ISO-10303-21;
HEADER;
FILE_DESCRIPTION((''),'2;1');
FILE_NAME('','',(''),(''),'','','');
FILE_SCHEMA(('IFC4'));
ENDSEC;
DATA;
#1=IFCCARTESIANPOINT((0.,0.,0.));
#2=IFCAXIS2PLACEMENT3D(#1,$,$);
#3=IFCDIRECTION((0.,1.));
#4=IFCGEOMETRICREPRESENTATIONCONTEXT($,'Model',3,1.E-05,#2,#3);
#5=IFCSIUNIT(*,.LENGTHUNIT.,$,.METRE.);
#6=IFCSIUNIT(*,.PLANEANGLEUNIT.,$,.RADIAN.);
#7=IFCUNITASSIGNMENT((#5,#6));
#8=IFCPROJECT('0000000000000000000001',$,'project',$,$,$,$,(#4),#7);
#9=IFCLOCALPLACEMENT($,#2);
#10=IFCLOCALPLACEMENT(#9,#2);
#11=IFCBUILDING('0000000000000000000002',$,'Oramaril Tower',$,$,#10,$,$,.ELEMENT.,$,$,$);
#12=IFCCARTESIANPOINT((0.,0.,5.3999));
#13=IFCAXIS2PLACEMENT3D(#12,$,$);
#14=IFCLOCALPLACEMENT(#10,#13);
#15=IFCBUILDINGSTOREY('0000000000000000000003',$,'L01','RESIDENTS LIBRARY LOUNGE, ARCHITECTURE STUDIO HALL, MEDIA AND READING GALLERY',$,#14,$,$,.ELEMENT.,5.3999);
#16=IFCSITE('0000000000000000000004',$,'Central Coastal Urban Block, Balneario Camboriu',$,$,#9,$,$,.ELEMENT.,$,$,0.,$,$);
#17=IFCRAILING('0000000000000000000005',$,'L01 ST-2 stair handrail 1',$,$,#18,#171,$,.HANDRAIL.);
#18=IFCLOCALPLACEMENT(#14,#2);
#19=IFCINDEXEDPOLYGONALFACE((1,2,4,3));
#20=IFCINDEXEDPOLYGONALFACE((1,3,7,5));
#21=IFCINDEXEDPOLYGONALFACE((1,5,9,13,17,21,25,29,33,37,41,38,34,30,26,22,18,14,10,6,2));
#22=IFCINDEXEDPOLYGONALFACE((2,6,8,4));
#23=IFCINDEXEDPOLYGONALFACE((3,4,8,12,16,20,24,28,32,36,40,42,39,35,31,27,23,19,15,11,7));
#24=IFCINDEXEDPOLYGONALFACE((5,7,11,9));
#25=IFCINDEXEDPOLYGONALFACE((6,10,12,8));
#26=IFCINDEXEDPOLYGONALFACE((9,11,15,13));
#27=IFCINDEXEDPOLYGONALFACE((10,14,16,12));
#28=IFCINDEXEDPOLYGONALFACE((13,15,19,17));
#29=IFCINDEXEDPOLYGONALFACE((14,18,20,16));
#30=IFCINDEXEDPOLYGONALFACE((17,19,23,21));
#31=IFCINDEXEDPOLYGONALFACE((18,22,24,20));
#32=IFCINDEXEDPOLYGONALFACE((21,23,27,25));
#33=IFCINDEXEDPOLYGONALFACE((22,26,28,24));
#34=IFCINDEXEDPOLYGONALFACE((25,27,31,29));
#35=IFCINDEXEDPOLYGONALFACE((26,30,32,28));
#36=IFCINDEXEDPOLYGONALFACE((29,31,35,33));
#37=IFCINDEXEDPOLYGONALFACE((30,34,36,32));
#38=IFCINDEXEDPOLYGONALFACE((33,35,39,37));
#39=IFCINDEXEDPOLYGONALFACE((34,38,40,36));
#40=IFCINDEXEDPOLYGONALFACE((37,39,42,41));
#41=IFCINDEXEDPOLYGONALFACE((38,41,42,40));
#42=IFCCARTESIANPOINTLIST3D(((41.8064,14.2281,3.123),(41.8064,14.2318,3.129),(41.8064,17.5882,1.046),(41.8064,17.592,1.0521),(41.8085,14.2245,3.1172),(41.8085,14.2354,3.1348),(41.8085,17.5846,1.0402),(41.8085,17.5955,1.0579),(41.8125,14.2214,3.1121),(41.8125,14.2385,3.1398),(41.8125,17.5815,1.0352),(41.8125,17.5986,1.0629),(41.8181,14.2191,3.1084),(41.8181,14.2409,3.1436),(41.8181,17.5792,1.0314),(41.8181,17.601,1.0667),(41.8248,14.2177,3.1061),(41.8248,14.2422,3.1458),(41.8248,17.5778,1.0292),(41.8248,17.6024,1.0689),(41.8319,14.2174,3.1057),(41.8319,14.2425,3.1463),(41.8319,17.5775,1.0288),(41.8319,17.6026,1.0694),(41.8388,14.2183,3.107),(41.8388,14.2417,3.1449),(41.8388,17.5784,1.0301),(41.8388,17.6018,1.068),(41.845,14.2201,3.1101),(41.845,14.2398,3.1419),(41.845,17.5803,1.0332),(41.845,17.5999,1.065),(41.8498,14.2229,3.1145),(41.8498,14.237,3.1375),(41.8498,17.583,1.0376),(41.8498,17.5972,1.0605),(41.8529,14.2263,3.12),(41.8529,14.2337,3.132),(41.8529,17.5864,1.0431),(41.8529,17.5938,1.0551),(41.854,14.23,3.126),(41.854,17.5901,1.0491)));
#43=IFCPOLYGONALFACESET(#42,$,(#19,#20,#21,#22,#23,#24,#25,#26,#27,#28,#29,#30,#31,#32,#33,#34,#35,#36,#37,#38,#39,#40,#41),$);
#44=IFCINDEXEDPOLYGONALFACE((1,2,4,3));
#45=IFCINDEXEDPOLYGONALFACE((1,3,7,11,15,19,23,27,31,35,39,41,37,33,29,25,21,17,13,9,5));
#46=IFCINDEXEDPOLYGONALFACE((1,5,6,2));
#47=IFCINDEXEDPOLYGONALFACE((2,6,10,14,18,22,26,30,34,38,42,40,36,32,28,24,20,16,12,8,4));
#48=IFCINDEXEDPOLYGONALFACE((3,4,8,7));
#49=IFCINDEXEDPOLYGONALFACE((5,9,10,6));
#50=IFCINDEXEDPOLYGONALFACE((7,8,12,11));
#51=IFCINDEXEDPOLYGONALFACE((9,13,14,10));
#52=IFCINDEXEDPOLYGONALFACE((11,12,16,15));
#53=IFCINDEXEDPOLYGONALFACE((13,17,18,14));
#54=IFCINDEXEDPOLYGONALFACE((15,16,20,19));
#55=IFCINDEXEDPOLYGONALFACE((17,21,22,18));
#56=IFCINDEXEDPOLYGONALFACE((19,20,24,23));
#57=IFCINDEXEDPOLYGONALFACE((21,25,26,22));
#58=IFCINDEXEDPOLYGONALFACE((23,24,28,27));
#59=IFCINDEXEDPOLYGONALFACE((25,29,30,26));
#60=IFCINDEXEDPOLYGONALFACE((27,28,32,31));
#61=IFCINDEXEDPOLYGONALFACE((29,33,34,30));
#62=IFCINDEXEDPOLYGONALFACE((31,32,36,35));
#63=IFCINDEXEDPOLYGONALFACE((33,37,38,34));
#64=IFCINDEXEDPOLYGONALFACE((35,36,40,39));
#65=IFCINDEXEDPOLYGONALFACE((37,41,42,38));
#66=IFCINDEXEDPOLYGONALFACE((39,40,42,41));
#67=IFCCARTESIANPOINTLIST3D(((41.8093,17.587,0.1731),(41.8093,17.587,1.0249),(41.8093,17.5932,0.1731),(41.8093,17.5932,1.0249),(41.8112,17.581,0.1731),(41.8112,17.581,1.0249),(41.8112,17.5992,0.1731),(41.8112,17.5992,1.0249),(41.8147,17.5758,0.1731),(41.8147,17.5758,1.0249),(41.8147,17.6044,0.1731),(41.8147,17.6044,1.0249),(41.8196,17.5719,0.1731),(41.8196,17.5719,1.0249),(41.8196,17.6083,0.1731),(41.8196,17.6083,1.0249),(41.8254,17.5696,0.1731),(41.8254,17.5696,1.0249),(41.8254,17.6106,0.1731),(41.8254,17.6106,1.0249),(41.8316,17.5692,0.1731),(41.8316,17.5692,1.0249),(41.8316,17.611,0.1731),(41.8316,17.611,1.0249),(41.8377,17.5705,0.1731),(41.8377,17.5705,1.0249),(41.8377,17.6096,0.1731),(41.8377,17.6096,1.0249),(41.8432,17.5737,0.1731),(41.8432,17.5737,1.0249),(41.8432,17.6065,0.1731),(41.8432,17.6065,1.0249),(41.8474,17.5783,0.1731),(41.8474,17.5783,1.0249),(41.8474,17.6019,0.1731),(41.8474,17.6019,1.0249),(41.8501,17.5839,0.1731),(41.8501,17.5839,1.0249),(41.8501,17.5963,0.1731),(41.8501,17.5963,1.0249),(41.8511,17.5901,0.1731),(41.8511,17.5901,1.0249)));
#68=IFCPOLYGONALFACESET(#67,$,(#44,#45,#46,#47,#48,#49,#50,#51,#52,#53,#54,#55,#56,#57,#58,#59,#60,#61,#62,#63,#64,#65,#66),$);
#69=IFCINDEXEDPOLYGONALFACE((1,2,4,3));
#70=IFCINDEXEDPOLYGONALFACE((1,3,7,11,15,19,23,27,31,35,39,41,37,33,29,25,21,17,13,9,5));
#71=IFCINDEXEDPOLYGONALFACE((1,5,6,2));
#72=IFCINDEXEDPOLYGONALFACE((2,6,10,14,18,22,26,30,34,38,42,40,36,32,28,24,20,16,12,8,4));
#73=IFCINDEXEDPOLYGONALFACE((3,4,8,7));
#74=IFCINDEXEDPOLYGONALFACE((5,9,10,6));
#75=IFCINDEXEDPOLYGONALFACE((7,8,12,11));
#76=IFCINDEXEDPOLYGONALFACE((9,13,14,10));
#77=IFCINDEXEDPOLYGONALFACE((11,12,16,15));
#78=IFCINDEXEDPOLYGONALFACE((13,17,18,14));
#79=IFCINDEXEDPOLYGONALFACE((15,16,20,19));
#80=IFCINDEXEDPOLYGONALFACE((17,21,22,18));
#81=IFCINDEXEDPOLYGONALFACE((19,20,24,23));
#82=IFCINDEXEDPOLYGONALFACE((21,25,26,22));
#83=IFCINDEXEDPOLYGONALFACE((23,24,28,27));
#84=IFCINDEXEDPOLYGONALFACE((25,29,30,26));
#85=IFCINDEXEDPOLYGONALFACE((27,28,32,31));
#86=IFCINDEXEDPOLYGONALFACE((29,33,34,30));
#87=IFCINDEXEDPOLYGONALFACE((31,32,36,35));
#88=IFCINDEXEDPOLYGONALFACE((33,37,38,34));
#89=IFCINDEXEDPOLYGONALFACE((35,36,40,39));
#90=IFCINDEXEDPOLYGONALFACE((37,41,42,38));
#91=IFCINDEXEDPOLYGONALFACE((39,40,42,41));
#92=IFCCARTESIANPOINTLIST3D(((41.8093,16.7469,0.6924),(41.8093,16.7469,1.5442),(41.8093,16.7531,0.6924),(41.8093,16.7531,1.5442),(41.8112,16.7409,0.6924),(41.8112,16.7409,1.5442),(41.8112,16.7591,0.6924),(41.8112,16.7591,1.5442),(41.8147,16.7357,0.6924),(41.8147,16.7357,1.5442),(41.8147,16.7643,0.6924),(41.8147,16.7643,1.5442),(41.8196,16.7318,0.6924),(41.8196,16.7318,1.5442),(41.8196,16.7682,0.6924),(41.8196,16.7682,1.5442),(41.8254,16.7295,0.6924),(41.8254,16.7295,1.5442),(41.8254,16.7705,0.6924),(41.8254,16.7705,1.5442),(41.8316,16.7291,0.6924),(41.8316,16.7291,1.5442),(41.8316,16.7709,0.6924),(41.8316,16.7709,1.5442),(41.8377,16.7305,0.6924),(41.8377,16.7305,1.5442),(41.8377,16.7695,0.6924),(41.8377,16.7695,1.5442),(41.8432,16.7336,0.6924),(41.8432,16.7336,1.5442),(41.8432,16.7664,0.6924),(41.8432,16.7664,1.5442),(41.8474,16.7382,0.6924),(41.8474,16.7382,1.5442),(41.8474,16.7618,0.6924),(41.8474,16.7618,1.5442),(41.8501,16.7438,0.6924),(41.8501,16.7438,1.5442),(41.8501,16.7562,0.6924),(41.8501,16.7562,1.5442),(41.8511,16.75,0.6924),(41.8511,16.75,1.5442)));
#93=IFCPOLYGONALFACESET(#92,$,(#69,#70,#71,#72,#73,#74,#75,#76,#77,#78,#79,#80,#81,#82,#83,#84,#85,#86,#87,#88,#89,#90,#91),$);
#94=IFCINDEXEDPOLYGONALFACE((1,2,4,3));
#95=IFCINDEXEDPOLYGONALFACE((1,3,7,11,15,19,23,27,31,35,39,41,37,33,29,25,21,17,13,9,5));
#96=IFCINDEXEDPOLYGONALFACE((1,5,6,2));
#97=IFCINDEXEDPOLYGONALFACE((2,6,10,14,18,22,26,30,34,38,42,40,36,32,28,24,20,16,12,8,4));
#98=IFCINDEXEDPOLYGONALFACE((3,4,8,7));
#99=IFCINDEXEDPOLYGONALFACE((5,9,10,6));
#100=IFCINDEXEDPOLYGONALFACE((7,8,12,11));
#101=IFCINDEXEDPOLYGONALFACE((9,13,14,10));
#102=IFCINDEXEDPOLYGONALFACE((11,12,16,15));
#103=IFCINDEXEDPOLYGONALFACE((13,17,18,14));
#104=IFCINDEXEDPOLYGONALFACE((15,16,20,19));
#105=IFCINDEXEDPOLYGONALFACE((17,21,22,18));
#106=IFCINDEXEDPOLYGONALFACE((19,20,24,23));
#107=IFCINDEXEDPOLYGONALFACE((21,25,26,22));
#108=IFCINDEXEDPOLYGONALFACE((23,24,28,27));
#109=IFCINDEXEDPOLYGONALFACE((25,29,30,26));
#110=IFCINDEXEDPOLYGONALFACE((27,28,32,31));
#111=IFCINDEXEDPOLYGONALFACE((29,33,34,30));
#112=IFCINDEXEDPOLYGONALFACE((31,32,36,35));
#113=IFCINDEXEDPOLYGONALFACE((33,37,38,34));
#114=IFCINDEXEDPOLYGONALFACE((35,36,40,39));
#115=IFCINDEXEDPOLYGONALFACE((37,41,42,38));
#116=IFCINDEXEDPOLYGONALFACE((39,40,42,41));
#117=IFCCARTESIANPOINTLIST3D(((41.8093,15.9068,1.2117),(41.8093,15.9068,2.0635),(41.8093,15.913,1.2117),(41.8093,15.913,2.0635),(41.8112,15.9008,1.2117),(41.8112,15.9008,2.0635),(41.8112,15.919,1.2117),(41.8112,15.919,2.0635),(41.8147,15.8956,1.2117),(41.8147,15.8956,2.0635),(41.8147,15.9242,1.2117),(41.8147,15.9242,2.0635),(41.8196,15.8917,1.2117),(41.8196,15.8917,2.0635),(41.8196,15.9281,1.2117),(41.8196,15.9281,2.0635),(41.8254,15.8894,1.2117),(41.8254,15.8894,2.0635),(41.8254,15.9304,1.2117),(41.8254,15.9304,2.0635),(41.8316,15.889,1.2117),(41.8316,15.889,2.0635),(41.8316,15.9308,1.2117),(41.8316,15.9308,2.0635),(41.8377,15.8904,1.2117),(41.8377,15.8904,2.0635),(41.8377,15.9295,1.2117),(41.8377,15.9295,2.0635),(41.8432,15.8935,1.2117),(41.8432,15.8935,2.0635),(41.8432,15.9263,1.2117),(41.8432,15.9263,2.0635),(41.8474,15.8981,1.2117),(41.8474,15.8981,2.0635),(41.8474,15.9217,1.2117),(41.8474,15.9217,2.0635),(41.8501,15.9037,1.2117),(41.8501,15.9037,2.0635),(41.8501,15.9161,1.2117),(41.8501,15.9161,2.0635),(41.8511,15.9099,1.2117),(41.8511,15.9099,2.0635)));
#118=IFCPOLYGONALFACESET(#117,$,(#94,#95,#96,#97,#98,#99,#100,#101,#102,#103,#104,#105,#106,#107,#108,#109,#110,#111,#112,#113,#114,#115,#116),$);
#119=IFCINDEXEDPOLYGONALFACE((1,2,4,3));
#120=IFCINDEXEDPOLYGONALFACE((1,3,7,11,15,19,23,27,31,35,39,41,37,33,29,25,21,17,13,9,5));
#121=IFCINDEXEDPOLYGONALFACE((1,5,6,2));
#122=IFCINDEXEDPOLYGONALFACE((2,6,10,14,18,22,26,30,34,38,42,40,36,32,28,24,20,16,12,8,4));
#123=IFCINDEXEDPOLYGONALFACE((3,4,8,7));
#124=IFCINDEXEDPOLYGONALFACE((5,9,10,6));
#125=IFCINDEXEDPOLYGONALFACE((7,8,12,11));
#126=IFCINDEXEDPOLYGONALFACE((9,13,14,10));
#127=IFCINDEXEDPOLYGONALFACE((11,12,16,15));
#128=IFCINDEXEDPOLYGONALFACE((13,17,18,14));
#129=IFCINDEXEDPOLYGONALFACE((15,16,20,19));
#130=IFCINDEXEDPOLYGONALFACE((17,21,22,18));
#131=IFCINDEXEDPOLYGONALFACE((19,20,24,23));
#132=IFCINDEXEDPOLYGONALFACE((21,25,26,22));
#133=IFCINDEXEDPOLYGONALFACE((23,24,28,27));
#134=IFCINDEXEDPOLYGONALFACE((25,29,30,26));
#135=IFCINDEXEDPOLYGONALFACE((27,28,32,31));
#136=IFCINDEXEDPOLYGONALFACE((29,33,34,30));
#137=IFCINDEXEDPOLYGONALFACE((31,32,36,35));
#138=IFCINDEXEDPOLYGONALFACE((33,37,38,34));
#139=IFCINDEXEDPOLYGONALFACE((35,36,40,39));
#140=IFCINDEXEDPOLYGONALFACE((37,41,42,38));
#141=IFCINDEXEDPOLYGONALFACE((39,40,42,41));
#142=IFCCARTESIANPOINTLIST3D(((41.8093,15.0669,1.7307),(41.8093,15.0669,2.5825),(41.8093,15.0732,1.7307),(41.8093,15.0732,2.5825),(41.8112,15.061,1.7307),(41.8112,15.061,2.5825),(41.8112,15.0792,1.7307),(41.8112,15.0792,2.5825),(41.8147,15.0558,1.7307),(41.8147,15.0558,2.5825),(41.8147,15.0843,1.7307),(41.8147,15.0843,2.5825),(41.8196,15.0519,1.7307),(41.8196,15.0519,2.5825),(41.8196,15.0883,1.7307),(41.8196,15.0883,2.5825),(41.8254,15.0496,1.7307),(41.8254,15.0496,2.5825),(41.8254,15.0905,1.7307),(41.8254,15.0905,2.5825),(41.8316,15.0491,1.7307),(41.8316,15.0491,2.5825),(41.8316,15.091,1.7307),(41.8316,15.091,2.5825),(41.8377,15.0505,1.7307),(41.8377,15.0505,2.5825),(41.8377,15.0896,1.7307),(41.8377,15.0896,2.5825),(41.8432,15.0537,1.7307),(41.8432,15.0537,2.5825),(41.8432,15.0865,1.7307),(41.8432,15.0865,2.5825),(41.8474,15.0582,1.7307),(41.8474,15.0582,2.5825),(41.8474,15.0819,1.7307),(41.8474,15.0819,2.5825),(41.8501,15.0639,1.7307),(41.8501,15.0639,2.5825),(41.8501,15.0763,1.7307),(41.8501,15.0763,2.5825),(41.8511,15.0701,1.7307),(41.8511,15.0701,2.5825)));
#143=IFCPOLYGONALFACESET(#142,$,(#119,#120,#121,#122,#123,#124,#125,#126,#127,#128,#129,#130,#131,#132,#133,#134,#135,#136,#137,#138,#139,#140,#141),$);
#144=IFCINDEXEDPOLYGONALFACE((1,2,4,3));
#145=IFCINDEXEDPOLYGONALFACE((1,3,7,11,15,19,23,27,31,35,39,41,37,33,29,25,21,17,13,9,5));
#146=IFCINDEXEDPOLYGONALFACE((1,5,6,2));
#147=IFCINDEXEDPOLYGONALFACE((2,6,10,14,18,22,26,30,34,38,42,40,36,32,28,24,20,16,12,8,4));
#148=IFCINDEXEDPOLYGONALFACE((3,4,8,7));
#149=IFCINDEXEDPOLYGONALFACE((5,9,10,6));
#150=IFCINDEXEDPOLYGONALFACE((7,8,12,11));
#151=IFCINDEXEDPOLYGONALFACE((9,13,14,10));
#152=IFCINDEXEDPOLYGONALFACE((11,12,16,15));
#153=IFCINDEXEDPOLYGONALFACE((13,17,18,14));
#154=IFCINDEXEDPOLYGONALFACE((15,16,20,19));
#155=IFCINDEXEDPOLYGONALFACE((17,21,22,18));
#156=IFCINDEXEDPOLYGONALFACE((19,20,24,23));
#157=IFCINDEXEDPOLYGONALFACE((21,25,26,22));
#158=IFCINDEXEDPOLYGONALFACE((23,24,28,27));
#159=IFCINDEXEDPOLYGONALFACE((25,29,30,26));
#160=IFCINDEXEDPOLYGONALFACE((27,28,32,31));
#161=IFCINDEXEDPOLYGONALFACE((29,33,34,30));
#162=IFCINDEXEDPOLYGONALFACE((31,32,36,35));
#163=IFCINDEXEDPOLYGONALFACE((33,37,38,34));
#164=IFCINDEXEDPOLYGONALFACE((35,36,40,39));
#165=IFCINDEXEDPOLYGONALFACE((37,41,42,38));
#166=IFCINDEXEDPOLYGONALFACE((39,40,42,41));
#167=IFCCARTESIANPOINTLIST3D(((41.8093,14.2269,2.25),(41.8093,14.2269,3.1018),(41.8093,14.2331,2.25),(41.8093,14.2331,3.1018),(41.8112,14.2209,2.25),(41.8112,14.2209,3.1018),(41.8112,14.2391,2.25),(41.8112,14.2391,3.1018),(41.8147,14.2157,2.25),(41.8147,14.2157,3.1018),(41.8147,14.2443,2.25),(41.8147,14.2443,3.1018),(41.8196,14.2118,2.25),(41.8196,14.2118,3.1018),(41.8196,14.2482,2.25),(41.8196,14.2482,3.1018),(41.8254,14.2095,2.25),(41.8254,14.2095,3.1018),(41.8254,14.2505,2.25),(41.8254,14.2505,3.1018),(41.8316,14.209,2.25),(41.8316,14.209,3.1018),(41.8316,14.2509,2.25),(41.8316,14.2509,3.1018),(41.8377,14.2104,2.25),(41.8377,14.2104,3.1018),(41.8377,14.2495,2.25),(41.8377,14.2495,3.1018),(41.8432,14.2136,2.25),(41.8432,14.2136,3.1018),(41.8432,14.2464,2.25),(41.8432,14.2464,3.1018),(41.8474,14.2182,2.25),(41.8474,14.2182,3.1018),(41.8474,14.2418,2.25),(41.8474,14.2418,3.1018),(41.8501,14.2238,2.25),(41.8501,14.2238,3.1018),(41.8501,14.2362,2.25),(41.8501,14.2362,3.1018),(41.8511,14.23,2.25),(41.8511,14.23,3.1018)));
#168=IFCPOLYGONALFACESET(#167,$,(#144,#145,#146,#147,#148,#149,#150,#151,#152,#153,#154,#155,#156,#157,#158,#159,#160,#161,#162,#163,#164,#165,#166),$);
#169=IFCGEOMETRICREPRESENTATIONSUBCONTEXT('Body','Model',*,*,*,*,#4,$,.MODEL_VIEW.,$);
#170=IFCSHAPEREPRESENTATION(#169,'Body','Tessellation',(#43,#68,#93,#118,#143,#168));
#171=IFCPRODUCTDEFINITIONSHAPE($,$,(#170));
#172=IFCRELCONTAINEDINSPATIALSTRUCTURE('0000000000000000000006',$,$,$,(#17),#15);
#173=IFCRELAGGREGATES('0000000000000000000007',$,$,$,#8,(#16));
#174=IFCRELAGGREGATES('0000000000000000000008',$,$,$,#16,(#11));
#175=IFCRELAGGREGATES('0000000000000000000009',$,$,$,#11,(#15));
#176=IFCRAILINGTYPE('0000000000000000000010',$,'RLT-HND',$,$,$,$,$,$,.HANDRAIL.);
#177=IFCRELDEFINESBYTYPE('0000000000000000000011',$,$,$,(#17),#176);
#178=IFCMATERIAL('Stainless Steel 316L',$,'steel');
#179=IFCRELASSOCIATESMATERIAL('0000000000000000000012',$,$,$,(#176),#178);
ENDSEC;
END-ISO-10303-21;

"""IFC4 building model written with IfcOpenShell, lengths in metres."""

from ifc_helpers import new_model, si_unit, direction, frame, origin, origin_2d, place, context, subcontext, project, spatial, circle, extrude, material, type_object, element, save


model = new_model("IFC4")

# Units and contexts
model_context = context("Model", 3, precision=1e-05, world=origin(), true_north=direction((0.0, 1.0)))
body_context = subcontext(model_context, "Body", "Model", "MODEL_VIEW")
ifc_project = project(units=[si_unit("LENGTHUNIT", "METRE"), si_unit("PLANEANGLEUNIT", "RADIAN")], contexts=[model_context])

# Site, building, storey
site_placement = place(None, origin())
site = spatial("IfcSite", under=ifc_project, at=site_placement, Name="Central Coastal Urban Block, Balneario Camboriu", CompositionType="ELEMENT", RefElevation=0.0)
building_placement = place(site_placement, origin())
building = spatial("IfcBuilding", under=site, at=building_placement, Name="Oramaril Tower", CompositionType="ELEMENT")
storey_placement = place(building_placement, frame((0.0, 0.0, 5.3999)))
storey = spatial("IfcBuildingStorey", under=building, at=storey_placement, Name="L01", Description="RESIDENTS LIBRARY LOUNGE, ARCHITECTURE STUDIO HALL, MEDIA AND READING GALLERY", CompositionType="ELEMENT", Elevation=5.3999)

# Railing
ifc_material_1 = material(Name="Stainless Steel 316L", Category="steel")
railing_type_1 = type_object("IfcRailingType", Name="RLT-HND", PredefinedType="HANDRAIL", material=ifc_material_1)
railing_1_placement = place(storey_placement, frame((41.8301, 17.5901, 0.1731)))
element("IfcRailing", 1, at=railing_1_placement, inside=storey, type_object=railing_type_1, Name="L01 ST-2 stair handrail 1", PredefinedType="HANDRAIL", context=body_context, shape_type="SweptSolid", body=[
    extrude(circle(Radius=0.0239, at=origin_2d()), frame((0.0, 0.0, 0.876), z_axis=(0.0, -0.850623, 0.525776), x_axis=(1.0, 0.0, 0.0)), (0.0, 0.0, 1.0), 3.9502),
    extrude(circle(Radius=0.021, at=origin_2d()), origin(), (0.0, 0.0, 1.0), 0.8518),
    extrude(circle(Radius=0.021, at=origin_2d()), frame((0.0, -0.8401, 0.5193)), (0.0, 0.0, 1.0), 0.8518),
    extrude(circle(Radius=0.021, at=origin_2d()), frame((0.0, -1.6802, 1.0386)), (0.0, 0.0, 1.0), 0.8518),
    extrude(circle(Radius=0.021, at=origin_2d()), frame((0.0, -2.52, 1.5576)), (0.0, 0.0, 1.0), 0.8518),
    extrude(circle(Radius=0.021, at=origin_2d()), frame((0.0, -3.3601, 2.0769)), (0.0, 0.0, 1.0), 0.8518),
])

save(model, "model.ifc")
